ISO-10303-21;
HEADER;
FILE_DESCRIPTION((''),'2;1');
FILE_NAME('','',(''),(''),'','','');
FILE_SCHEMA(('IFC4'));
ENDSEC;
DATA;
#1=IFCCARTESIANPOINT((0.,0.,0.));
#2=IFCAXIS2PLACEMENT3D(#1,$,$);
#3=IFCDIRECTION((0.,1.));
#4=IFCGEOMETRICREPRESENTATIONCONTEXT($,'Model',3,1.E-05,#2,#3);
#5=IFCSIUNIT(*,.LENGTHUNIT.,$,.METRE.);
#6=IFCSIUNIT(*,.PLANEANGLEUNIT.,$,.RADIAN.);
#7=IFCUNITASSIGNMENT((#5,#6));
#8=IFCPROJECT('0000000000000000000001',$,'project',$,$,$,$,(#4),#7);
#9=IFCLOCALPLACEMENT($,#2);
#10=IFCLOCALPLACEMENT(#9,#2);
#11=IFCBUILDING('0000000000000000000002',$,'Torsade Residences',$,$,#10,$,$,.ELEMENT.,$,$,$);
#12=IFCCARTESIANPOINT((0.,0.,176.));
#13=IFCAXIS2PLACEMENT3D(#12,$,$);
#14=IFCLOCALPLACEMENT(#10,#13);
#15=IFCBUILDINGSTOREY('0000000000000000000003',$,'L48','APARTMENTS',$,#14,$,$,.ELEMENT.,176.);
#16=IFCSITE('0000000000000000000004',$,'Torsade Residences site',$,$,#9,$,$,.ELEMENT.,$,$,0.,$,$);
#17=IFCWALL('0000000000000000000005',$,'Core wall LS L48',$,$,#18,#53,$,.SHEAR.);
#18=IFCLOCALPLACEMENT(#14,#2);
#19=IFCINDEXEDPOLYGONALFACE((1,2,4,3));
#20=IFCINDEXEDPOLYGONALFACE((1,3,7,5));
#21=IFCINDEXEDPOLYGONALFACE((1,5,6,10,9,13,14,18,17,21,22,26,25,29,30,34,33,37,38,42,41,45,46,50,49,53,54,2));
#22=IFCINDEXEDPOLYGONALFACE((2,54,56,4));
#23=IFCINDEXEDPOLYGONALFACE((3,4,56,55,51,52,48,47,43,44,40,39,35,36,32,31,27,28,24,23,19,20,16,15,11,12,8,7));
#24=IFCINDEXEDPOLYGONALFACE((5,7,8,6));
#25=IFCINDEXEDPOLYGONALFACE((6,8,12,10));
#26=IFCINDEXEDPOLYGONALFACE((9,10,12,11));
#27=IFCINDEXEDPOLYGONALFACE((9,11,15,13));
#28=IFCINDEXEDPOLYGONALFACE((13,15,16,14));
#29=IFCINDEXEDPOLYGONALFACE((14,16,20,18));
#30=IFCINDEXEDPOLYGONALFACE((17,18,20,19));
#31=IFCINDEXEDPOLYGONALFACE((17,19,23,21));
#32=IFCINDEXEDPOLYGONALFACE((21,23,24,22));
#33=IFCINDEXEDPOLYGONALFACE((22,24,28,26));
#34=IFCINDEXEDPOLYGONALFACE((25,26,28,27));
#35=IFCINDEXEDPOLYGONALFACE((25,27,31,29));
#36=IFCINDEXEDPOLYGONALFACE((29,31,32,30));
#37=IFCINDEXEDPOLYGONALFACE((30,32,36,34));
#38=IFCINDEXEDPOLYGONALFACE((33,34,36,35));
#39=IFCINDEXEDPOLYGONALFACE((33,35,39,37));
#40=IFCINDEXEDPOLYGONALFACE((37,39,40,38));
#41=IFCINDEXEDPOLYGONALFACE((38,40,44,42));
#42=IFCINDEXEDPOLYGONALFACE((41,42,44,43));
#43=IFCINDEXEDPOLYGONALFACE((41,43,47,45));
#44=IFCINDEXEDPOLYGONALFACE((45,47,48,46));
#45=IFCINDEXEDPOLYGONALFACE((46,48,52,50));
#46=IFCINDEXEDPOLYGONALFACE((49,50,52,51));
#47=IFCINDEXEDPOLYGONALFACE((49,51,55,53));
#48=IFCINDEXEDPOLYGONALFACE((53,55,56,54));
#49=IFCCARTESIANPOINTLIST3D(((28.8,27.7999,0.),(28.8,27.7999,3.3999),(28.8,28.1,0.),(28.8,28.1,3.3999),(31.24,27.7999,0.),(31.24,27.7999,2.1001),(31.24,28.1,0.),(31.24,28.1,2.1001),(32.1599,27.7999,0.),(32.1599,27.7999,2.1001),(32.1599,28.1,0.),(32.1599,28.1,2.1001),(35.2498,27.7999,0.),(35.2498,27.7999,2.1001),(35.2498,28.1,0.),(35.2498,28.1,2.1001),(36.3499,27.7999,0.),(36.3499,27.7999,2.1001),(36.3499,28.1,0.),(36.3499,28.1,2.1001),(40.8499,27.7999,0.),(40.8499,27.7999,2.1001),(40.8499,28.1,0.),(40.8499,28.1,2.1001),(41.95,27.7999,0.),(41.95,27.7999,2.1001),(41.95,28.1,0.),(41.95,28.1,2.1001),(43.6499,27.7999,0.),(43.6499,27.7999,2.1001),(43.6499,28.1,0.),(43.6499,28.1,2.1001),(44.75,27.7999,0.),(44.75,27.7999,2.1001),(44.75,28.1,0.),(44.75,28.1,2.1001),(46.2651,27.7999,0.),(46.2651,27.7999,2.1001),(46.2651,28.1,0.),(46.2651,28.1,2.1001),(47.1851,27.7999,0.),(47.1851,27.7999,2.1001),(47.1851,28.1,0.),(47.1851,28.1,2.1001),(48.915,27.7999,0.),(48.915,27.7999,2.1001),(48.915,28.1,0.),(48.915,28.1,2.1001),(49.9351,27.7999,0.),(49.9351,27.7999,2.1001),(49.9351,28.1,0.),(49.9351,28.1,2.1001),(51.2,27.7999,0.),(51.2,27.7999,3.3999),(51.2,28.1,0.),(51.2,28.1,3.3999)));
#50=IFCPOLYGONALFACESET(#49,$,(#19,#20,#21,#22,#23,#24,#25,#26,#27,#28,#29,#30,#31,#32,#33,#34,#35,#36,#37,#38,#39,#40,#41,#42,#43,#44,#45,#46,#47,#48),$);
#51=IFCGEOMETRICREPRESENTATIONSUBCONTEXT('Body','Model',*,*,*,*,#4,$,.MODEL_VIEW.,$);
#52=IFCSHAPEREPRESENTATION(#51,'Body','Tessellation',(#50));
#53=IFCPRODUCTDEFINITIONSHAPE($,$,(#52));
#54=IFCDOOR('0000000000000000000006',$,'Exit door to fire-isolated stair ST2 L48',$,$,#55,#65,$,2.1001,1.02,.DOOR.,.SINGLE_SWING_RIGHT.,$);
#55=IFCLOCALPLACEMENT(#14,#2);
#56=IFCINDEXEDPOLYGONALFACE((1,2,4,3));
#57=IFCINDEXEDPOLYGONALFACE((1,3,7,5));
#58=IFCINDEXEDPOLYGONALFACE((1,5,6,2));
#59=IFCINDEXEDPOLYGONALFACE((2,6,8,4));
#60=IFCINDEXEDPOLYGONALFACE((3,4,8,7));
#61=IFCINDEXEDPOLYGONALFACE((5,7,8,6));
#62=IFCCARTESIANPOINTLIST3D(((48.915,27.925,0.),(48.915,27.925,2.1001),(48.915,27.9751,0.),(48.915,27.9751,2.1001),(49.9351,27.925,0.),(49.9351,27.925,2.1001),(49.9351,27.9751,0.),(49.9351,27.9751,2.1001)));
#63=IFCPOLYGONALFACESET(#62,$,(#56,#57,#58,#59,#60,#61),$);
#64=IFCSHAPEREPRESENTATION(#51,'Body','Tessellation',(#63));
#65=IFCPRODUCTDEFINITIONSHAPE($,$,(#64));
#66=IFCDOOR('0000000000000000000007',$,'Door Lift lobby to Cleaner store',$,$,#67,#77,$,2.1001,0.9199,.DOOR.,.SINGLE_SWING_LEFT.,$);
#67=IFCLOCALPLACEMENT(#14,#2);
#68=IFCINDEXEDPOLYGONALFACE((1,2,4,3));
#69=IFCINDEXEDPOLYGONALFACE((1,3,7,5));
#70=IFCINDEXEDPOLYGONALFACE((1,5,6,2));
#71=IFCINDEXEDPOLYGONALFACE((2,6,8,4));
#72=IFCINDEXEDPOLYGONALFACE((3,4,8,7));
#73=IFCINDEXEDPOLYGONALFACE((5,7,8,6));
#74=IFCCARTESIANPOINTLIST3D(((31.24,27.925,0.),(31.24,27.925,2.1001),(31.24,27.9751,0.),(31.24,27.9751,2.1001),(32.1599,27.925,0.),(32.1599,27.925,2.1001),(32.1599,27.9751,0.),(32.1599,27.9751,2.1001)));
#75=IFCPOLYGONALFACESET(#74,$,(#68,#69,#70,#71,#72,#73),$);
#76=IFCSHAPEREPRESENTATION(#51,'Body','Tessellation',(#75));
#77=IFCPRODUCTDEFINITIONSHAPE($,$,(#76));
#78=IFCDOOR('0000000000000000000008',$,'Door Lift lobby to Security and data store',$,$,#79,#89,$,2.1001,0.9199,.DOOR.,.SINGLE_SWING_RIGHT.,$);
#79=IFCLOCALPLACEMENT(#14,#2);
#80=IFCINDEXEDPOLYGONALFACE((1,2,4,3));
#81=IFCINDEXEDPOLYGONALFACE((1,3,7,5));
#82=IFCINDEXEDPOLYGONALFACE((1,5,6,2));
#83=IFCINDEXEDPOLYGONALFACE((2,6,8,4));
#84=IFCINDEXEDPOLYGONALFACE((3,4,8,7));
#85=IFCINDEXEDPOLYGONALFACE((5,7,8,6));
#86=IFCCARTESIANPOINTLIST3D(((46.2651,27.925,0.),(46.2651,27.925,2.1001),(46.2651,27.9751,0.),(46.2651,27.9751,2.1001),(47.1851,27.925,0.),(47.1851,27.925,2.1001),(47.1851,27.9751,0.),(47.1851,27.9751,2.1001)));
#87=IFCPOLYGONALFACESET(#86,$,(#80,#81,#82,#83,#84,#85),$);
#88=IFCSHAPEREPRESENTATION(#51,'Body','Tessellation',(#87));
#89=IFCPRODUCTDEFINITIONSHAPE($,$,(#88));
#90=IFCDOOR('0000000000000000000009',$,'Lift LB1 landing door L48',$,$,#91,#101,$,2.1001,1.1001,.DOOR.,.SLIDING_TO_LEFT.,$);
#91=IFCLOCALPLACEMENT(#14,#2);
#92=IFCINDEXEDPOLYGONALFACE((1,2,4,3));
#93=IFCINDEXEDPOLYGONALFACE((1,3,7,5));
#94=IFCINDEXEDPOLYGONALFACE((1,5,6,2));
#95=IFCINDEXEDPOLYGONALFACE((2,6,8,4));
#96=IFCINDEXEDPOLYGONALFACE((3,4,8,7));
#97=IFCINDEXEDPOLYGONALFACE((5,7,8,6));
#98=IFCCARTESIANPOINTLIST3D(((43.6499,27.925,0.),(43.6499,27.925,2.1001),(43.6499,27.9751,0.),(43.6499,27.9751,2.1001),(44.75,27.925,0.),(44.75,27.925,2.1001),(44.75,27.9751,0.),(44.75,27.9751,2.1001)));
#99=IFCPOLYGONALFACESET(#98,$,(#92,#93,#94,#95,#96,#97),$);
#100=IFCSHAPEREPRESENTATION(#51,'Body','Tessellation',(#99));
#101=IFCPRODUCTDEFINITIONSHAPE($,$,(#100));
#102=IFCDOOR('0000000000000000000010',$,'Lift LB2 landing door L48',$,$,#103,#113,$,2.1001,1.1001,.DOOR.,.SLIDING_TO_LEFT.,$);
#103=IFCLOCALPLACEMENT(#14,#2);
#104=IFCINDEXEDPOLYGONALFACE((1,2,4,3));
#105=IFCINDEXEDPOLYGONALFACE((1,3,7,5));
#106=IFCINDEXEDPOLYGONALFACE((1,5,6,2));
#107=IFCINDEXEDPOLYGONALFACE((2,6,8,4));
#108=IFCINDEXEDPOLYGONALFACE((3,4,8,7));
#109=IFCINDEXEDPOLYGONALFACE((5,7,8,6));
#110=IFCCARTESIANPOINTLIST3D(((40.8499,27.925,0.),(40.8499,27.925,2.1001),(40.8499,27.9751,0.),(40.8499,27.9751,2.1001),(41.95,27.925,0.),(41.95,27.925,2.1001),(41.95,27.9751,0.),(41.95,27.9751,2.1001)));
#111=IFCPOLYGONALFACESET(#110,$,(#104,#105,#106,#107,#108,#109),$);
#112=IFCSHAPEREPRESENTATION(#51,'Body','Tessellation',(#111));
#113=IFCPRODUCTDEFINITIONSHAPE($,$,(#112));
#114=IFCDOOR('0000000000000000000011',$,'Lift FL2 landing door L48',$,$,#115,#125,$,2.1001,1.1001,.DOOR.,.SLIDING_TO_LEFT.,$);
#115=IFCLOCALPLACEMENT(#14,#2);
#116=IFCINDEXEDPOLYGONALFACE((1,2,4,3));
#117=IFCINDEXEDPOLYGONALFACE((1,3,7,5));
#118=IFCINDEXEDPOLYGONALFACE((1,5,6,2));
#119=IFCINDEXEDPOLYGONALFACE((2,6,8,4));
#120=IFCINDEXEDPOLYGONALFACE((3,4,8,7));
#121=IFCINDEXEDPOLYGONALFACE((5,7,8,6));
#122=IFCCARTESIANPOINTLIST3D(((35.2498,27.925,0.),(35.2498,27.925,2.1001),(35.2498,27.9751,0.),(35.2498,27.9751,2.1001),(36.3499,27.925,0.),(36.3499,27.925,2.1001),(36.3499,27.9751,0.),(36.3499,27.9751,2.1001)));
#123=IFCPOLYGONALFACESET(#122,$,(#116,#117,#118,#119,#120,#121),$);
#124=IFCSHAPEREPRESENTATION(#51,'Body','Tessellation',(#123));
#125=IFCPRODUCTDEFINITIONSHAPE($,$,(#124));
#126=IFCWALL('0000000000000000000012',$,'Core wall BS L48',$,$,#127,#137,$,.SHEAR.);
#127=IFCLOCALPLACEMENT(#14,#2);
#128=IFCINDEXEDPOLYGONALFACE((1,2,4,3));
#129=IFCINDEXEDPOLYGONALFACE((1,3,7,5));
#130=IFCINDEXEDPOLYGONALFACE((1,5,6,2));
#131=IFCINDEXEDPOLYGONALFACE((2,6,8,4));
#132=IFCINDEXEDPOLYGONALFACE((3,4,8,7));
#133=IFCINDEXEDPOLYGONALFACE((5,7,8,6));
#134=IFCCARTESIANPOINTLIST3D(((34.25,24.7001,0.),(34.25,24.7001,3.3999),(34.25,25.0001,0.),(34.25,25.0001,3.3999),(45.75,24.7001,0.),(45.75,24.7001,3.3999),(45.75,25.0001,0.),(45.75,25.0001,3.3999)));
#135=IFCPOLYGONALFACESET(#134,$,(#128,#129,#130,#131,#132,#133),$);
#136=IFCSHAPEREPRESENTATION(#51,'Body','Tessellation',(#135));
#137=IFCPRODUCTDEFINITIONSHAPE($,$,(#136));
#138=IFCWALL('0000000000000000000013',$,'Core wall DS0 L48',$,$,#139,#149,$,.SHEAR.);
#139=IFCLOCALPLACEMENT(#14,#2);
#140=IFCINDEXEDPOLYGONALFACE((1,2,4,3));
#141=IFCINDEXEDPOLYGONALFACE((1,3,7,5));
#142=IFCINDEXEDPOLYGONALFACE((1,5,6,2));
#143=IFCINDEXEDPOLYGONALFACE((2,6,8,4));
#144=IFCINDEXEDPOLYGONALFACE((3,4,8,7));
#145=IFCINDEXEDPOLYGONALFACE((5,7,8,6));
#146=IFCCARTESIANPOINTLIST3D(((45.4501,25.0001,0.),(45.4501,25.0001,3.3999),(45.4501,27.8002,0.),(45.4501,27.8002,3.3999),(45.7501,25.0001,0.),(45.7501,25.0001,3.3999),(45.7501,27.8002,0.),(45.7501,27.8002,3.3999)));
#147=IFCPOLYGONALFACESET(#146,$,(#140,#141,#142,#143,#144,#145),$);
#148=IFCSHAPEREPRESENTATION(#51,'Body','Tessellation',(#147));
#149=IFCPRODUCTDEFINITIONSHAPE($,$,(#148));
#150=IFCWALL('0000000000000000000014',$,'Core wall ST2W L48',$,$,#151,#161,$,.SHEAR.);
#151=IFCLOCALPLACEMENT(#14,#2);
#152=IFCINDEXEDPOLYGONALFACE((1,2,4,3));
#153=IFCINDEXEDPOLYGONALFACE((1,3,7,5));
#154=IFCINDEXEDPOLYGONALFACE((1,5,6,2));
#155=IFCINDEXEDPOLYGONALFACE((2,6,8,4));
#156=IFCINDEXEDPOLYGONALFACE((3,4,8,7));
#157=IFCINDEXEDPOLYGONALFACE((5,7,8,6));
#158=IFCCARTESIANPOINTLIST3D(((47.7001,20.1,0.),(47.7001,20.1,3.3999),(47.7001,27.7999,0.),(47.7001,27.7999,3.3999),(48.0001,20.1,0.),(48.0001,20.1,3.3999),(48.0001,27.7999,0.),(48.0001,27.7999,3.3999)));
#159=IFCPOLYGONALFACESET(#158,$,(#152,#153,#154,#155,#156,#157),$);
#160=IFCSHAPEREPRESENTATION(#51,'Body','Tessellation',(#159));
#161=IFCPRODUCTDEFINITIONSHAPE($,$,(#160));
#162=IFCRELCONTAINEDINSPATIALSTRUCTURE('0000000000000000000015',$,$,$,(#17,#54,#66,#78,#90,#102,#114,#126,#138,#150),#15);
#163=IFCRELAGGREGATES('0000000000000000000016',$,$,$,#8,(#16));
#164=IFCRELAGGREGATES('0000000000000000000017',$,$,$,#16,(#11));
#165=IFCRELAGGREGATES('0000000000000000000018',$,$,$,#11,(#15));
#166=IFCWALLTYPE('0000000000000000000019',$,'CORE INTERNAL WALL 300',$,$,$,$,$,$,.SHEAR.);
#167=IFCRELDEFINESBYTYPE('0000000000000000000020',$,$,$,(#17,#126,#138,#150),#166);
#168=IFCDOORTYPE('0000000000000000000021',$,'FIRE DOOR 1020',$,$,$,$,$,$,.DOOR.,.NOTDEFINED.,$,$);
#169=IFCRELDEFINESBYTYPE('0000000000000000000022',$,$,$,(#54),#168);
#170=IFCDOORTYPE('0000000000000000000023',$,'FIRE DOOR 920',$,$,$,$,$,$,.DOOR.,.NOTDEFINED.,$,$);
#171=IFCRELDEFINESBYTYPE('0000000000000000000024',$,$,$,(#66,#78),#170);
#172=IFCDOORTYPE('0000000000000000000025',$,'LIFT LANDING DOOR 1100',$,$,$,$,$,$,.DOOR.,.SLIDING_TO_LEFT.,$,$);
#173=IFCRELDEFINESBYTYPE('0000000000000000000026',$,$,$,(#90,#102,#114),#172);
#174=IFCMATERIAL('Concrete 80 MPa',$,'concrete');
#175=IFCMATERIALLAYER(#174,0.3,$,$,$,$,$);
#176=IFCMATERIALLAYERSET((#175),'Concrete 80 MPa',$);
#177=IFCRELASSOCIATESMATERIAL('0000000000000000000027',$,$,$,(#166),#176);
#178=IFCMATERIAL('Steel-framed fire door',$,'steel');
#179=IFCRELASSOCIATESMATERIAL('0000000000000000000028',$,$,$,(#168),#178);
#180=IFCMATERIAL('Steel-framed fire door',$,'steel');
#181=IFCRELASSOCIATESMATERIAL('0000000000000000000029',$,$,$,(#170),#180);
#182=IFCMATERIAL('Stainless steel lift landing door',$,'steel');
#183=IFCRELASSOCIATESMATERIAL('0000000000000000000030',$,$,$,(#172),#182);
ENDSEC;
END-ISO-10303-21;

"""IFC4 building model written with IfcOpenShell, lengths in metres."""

from ifc_helpers import new_model, si_unit, direction, frame, frame_2d, origin, place, context, subcontext, project, spatial, rectangle, extrude, material, layer, layer_set, type_object, element, fill, save


model = new_model("IFC4")

# Units and contexts
model_context = context("Model", 3, precision=1e-05, world=origin(), true_north=direction((0.0, 1.0)))
body_context = subcontext(model_context, "Body", "Model", "MODEL_VIEW")
ifc_project = project(units=[si_unit("LENGTHUNIT", "METRE"), si_unit("PLANEANGLEUNIT", "RADIAN")], contexts=[model_context])

# Site, building, storey
site_placement = place(None, origin())
site = spatial("IfcSite", under=ifc_project, at=site_placement, Name="Torsade Residences site", CompositionType="ELEMENT", RefElevation=0.0)
building_placement = place(site_placement, origin())
building = spatial("IfcBuilding", under=site, at=building_placement, Name="Torsade Residences", CompositionType="ELEMENT")
storey_placement = place(building_placement, frame((0.0, 0.0, 176.0)))
storey = spatial("IfcBuildingStorey", under=building, at=storey_placement, Name="L48", Description="APARTMENTS", CompositionType="ELEMENT", Elevation=176.0)

# Wall, openings, doors
ifc_material_1 = material(Name="Concrete 80 MPa", Category="concrete")
ifc_layer_1 = layer(ifc_material_1, 0.3)
ifc_layer_set_1 = layer_set([ifc_layer_1], Name="Concrete 80 MPa")
wall_type_1 = type_object("IfcWallType", Name="CORE INTERNAL WALL 300", PredefinedType="SHEAR", material=ifc_layer_set_1)
wall_1_placement = place(storey_placement, frame((51.2, 27.95, 0.0), z_axis=(0.0, 0.0, 1.0), x_axis=(-1.0, 0.0, 0.0)))
wall_1 = element("IfcWall", 1, at=wall_1_placement, inside=storey, type_object=wall_type_1, Name="Core wall LS L48", PredefinedType="SHEAR", context=body_context, shape_type="SweptSolid", body=[
    extrude(rectangle(XDim=22.3999, YDim=0.3, at=frame_2d((11.2, 0.0))), origin(), (0.0, 0.0, 1.0), 3.3999),
])
opening_1_placement = place(wall_1_placement, frame((19.04, 0.0, 0.0)))
opening_1 = element("IfcOpeningElement", 2, at=opening_1_placement, cuts=wall_1, PredefinedType="OPENING", context=body_context, shape_type="SweptSolid", body=[
    extrude(rectangle(XDim=0.9199, YDim=2.1001, at=frame_2d((0.46, 1.05))), frame((0.0, 0.1599, 0.0), z_axis=(0.0, -1.0, 0.0), x_axis=(1.0, 0.0, 0.0)), (0.0, 0.0, 1.0), 0.3201),
])
opening_2_placement = place(wall_1_placement, frame((1.2649, 0.0, 0.0)))
opening_2 = element("IfcOpeningElement", 3, at=opening_2_placement, cuts=wall_1, PredefinedType="OPENING", context=body_context, shape_type="SweptSolid", body=[
    extrude(rectangle(XDim=1.02, YDim=2.1001, at=frame_2d((0.51, 1.05))), frame((0.0, 0.1599, 0.0), z_axis=(0.0, -1.0, 0.0), x_axis=(1.0, 0.0, 0.0)), (0.0, 0.0, 1.0), 0.3201),
])
opening_3_placement = place(wall_1_placement, frame((4.0149, 0.0, 0.0)))
opening_3 = element("IfcOpeningElement", 4, at=opening_3_placement, cuts=wall_1, PredefinedType="OPENING", context=body_context, shape_type="SweptSolid", body=[
    extrude(rectangle(XDim=0.9199, YDim=2.1001, at=frame_2d((0.46, 1.05))), frame((0.0, 0.1599, 0.0), z_axis=(0.0, -1.0, 0.0), x_axis=(1.0, 0.0, 0.0)), (0.0, 0.0, 1.0), 0.3201),
])
opening_4_placement = place(wall_1_placement, frame((6.45, 0.0, 0.0)))
opening_4 = element("IfcOpeningElement", 5, at=opening_4_placement, cuts=wall_1, PredefinedType="OPENING", context=body_context, shape_type="SweptSolid", body=[
    extrude(rectangle(XDim=1.1001, YDim=2.1001, at=frame_2d((0.55, 1.05))), frame((0.0, 0.1599, 0.0), z_axis=(0.0, -1.0, 0.0), x_axis=(1.0, 0.0, 0.0)), (0.0, 0.0, 1.0), 0.3201),
])
opening_5_placement = place(wall_1_placement, frame((9.25, 0.0, 0.0)))
opening_5 = element("IfcOpeningElement", 6, at=opening_5_placement, cuts=wall_1, PredefinedType="OPENING", context=body_context, shape_type="SweptSolid", body=[
    extrude(rectangle(XDim=1.1001, YDim=2.1001, at=frame_2d((0.55, 1.05))), frame((0.0, 0.1599, 0.0), z_axis=(0.0, -1.0, 0.0), x_axis=(1.0, 0.0, 0.0)), (0.0, 0.0, 1.0), 0.3201),
])
opening_6_placement = place(wall_1_placement, frame((14.8501, 0.0, 0.0)))
opening_6 = element("IfcOpeningElement", 7, at=opening_6_placement, cuts=wall_1, PredefinedType="OPENING", context=body_context, shape_type="SweptSolid", body=[
    extrude(rectangle(XDim=1.1001, YDim=2.1001, at=frame_2d((0.55, 1.05))), frame((0.0, 0.1599, 0.0), z_axis=(0.0, -1.0, 0.0), x_axis=(1.0, 0.0, 0.0)), (0.0, 0.0, 1.0), 0.3201),
])
ifc_material_2 = material(Name="Steel-framed fire door", Category="steel")
door_type_1 = type_object("IfcDoorType", Name="FIRE DOOR 1020", OperationType="NOTDEFINED", PredefinedType="DOOR", material=ifc_material_2)
door_1_placement = place(opening_2_placement, origin())
door_1 = element("IfcDoor", 8, at=door_1_placement, inside=storey, type_object=door_type_1, Name="Exit door to fire-isolated stair ST2 L48", OperationType="SINGLE_SWING_RIGHT", OverallHeight=2.1001, OverallWidth=1.02, PredefinedType="DOOR", context=body_context, shape_type="SweptSolid", body=[
    extrude(rectangle(XDim=1.02, YDim=2.1001, at=frame_2d((0.51, 1.05))), frame((0.0, 0.0249, 0.0), z_axis=(0.0, -1.0, 0.0), x_axis=(1.0, 0.0, 0.0)), (0.0, 0.0, 1.0), 0.05),
])
fill(opening_2, door_1)
ifc_material_3 = material(Name="Steel-framed fire door", Category="steel")
door_type_2 = type_object("IfcDoorType", Name="FIRE DOOR 920", OperationType="NOTDEFINED", PredefinedType="DOOR", material=ifc_material_3)
door_2_placement = place(opening_1_placement, origin())
door_2 = element("IfcDoor", 9, at=door_2_placement, inside=storey, type_object=door_type_2, Name="Door Lift lobby to Cleaner store", OperationType="SINGLE_SWING_LEFT", OverallHeight=2.1001, OverallWidth=0.9199, PredefinedType="DOOR", context=body_context, shape_type="SweptSolid", body=[
    extrude(rectangle(XDim=0.9199, YDim=2.1001, at=frame_2d((0.46, 1.05))), frame((0.0, 0.0249, 0.0), z_axis=(0.0, -1.0, 0.0), x_axis=(1.0, 0.0, 0.0)), (0.0, 0.0, 1.0), 0.05),
])
fill(opening_1, door_2)
door_3_placement = place(opening_3_placement, origin())
door_3 = element("IfcDoor", 10, at=door_3_placement, inside=storey, type_object=door_type_2, Name="Door Lift lobby to Security and data store", OperationType="SINGLE_SWING_RIGHT", OverallHeight=2.1001, OverallWidth=0.9199, PredefinedType="DOOR", context=body_context, shape_type="SweptSolid", body=[
    extrude(rectangle(XDim=0.9199, YDim=2.1001, at=frame_2d((0.46, 1.05))), frame((0.0, 0.0249, 0.0), z_axis=(0.0, -1.0, 0.0), x_axis=(1.0, 0.0, 0.0)), (0.0, 0.0, 1.0), 0.05),
])
fill(opening_3, door_3)
ifc_material_4 = material(Name="Stainless steel lift landing door", Category="steel")
door_type_3 = type_object("IfcDoorType", Name="LIFT LANDING DOOR 1100", OperationType="SLIDING_TO_LEFT", PredefinedType="DOOR", material=ifc_material_4)
door_4_placement = place(opening_4_placement, origin())
door_4 = element("IfcDoor", 11, at=door_4_placement, inside=storey, type_object=door_type_3, Name="Lift LB1 landing door L48", OperationType="SLIDING_TO_LEFT", OverallHeight=2.1001, OverallWidth=1.1001, PredefinedType="DOOR", context=body_context, shape_type="SweptSolid", body=[
    extrude(rectangle(XDim=1.1001, YDim=2.1001, at=frame_2d((0.55, 1.05))), frame((0.0, 0.0249, 0.0), z_axis=(0.0, -1.0, 0.0), x_axis=(1.0, 0.0, 0.0)), (0.0, 0.0, 1.0), 0.05),
])
fill(opening_4, door_4)
door_5_placement = place(opening_5_placement, origin())
door_5 = element("IfcDoor", 12, at=door_5_placement, inside=storey, type_object=door_type_3, Name="Lift LB2 landing door L48", OperationType="SLIDING_TO_LEFT", OverallHeight=2.1001, OverallWidth=1.1001, PredefinedType="DOOR", context=body_context, shape_type="SweptSolid", body=[
    extrude(rectangle(XDim=1.1001, YDim=2.1001, at=frame_2d((0.55, 1.05))), frame((0.0, 0.0249, 0.0), z_axis=(0.0, -1.0, 0.0), x_axis=(1.0, 0.0, 0.0)), (0.0, 0.0, 1.0), 0.05),
])
fill(opening_5, door_5)
door_6_placement = place(opening_6_placement, origin())
door_6 = element("IfcDoor", 13, at=door_6_placement, inside=storey, type_object=door_type_3, Name="Lift FL2 landing door L48", OperationType="SLIDING_TO_LEFT", OverallHeight=2.1001, OverallWidth=1.1001, PredefinedType="DOOR", context=body_context, shape_type="SweptSolid", body=[
    extrude(rectangle(XDim=1.1001, YDim=2.1001, at=frame_2d((0.55, 1.05))), frame((0.0, 0.0249, 0.0), z_axis=(0.0, -1.0, 0.0), x_axis=(1.0, 0.0, 0.0)), (0.0, 0.0, 1.0), 0.05),
])
fill(opening_6, door_6)

# Walls
wall_2_placement = place(storey_placement, frame((45.75, 24.8501, 0.0), z_axis=(0.0, 0.0, 1.0), x_axis=(-1.0, 0.0, 0.0)))
element("IfcWall", 14, at=wall_2_placement, inside=storey, type_object=wall_type_1, Name="Core wall BS L48", PredefinedType="SHEAR", context=body_context, shape_type="SweptSolid", body=[
    extrude(rectangle(XDim=11.5, YDim=0.3, at=frame_2d((5.75, 0.0))), origin(), (0.0, 0.0, 1.0), 3.3999),
])
wall_3_placement = place(storey_placement, frame((45.6001, 27.8, 0.0), z_axis=(0.0, 0.0, 1.0), x_axis=(0.0, -1.0, 0.0)))
element("IfcWall", 15, at=wall_3_placement, inside=storey, type_object=wall_type_1, Name="Core wall DS0 L48", PredefinedType="SHEAR", context=body_context, shape_type="SweptSolid", body=[
    extrude(rectangle(XDim=2.8, YDim=0.3, at=frame_2d((1.3999, 0.0))), origin(), (0.0, 0.0, 1.0), 3.3999),
])
wall_4_placement = place(storey_placement, frame((47.8501, 27.8, 0.0), z_axis=(0.0, 0.0, 1.0), x_axis=(0.0, -1.0, 0.0)))
element("IfcWall", 16, at=wall_4_placement, inside=storey, type_object=wall_type_1, Name="Core wall ST2W L48", PredefinedType="SHEAR", context=body_context, shape_type="SweptSolid", body=[
    extrude(rectangle(XDim=7.7, YDim=0.3, at=frame_2d((3.8501, 0.0))), origin(), (0.0, 0.0, 1.0), 3.3999),
])

save(model, "model.ifc")
